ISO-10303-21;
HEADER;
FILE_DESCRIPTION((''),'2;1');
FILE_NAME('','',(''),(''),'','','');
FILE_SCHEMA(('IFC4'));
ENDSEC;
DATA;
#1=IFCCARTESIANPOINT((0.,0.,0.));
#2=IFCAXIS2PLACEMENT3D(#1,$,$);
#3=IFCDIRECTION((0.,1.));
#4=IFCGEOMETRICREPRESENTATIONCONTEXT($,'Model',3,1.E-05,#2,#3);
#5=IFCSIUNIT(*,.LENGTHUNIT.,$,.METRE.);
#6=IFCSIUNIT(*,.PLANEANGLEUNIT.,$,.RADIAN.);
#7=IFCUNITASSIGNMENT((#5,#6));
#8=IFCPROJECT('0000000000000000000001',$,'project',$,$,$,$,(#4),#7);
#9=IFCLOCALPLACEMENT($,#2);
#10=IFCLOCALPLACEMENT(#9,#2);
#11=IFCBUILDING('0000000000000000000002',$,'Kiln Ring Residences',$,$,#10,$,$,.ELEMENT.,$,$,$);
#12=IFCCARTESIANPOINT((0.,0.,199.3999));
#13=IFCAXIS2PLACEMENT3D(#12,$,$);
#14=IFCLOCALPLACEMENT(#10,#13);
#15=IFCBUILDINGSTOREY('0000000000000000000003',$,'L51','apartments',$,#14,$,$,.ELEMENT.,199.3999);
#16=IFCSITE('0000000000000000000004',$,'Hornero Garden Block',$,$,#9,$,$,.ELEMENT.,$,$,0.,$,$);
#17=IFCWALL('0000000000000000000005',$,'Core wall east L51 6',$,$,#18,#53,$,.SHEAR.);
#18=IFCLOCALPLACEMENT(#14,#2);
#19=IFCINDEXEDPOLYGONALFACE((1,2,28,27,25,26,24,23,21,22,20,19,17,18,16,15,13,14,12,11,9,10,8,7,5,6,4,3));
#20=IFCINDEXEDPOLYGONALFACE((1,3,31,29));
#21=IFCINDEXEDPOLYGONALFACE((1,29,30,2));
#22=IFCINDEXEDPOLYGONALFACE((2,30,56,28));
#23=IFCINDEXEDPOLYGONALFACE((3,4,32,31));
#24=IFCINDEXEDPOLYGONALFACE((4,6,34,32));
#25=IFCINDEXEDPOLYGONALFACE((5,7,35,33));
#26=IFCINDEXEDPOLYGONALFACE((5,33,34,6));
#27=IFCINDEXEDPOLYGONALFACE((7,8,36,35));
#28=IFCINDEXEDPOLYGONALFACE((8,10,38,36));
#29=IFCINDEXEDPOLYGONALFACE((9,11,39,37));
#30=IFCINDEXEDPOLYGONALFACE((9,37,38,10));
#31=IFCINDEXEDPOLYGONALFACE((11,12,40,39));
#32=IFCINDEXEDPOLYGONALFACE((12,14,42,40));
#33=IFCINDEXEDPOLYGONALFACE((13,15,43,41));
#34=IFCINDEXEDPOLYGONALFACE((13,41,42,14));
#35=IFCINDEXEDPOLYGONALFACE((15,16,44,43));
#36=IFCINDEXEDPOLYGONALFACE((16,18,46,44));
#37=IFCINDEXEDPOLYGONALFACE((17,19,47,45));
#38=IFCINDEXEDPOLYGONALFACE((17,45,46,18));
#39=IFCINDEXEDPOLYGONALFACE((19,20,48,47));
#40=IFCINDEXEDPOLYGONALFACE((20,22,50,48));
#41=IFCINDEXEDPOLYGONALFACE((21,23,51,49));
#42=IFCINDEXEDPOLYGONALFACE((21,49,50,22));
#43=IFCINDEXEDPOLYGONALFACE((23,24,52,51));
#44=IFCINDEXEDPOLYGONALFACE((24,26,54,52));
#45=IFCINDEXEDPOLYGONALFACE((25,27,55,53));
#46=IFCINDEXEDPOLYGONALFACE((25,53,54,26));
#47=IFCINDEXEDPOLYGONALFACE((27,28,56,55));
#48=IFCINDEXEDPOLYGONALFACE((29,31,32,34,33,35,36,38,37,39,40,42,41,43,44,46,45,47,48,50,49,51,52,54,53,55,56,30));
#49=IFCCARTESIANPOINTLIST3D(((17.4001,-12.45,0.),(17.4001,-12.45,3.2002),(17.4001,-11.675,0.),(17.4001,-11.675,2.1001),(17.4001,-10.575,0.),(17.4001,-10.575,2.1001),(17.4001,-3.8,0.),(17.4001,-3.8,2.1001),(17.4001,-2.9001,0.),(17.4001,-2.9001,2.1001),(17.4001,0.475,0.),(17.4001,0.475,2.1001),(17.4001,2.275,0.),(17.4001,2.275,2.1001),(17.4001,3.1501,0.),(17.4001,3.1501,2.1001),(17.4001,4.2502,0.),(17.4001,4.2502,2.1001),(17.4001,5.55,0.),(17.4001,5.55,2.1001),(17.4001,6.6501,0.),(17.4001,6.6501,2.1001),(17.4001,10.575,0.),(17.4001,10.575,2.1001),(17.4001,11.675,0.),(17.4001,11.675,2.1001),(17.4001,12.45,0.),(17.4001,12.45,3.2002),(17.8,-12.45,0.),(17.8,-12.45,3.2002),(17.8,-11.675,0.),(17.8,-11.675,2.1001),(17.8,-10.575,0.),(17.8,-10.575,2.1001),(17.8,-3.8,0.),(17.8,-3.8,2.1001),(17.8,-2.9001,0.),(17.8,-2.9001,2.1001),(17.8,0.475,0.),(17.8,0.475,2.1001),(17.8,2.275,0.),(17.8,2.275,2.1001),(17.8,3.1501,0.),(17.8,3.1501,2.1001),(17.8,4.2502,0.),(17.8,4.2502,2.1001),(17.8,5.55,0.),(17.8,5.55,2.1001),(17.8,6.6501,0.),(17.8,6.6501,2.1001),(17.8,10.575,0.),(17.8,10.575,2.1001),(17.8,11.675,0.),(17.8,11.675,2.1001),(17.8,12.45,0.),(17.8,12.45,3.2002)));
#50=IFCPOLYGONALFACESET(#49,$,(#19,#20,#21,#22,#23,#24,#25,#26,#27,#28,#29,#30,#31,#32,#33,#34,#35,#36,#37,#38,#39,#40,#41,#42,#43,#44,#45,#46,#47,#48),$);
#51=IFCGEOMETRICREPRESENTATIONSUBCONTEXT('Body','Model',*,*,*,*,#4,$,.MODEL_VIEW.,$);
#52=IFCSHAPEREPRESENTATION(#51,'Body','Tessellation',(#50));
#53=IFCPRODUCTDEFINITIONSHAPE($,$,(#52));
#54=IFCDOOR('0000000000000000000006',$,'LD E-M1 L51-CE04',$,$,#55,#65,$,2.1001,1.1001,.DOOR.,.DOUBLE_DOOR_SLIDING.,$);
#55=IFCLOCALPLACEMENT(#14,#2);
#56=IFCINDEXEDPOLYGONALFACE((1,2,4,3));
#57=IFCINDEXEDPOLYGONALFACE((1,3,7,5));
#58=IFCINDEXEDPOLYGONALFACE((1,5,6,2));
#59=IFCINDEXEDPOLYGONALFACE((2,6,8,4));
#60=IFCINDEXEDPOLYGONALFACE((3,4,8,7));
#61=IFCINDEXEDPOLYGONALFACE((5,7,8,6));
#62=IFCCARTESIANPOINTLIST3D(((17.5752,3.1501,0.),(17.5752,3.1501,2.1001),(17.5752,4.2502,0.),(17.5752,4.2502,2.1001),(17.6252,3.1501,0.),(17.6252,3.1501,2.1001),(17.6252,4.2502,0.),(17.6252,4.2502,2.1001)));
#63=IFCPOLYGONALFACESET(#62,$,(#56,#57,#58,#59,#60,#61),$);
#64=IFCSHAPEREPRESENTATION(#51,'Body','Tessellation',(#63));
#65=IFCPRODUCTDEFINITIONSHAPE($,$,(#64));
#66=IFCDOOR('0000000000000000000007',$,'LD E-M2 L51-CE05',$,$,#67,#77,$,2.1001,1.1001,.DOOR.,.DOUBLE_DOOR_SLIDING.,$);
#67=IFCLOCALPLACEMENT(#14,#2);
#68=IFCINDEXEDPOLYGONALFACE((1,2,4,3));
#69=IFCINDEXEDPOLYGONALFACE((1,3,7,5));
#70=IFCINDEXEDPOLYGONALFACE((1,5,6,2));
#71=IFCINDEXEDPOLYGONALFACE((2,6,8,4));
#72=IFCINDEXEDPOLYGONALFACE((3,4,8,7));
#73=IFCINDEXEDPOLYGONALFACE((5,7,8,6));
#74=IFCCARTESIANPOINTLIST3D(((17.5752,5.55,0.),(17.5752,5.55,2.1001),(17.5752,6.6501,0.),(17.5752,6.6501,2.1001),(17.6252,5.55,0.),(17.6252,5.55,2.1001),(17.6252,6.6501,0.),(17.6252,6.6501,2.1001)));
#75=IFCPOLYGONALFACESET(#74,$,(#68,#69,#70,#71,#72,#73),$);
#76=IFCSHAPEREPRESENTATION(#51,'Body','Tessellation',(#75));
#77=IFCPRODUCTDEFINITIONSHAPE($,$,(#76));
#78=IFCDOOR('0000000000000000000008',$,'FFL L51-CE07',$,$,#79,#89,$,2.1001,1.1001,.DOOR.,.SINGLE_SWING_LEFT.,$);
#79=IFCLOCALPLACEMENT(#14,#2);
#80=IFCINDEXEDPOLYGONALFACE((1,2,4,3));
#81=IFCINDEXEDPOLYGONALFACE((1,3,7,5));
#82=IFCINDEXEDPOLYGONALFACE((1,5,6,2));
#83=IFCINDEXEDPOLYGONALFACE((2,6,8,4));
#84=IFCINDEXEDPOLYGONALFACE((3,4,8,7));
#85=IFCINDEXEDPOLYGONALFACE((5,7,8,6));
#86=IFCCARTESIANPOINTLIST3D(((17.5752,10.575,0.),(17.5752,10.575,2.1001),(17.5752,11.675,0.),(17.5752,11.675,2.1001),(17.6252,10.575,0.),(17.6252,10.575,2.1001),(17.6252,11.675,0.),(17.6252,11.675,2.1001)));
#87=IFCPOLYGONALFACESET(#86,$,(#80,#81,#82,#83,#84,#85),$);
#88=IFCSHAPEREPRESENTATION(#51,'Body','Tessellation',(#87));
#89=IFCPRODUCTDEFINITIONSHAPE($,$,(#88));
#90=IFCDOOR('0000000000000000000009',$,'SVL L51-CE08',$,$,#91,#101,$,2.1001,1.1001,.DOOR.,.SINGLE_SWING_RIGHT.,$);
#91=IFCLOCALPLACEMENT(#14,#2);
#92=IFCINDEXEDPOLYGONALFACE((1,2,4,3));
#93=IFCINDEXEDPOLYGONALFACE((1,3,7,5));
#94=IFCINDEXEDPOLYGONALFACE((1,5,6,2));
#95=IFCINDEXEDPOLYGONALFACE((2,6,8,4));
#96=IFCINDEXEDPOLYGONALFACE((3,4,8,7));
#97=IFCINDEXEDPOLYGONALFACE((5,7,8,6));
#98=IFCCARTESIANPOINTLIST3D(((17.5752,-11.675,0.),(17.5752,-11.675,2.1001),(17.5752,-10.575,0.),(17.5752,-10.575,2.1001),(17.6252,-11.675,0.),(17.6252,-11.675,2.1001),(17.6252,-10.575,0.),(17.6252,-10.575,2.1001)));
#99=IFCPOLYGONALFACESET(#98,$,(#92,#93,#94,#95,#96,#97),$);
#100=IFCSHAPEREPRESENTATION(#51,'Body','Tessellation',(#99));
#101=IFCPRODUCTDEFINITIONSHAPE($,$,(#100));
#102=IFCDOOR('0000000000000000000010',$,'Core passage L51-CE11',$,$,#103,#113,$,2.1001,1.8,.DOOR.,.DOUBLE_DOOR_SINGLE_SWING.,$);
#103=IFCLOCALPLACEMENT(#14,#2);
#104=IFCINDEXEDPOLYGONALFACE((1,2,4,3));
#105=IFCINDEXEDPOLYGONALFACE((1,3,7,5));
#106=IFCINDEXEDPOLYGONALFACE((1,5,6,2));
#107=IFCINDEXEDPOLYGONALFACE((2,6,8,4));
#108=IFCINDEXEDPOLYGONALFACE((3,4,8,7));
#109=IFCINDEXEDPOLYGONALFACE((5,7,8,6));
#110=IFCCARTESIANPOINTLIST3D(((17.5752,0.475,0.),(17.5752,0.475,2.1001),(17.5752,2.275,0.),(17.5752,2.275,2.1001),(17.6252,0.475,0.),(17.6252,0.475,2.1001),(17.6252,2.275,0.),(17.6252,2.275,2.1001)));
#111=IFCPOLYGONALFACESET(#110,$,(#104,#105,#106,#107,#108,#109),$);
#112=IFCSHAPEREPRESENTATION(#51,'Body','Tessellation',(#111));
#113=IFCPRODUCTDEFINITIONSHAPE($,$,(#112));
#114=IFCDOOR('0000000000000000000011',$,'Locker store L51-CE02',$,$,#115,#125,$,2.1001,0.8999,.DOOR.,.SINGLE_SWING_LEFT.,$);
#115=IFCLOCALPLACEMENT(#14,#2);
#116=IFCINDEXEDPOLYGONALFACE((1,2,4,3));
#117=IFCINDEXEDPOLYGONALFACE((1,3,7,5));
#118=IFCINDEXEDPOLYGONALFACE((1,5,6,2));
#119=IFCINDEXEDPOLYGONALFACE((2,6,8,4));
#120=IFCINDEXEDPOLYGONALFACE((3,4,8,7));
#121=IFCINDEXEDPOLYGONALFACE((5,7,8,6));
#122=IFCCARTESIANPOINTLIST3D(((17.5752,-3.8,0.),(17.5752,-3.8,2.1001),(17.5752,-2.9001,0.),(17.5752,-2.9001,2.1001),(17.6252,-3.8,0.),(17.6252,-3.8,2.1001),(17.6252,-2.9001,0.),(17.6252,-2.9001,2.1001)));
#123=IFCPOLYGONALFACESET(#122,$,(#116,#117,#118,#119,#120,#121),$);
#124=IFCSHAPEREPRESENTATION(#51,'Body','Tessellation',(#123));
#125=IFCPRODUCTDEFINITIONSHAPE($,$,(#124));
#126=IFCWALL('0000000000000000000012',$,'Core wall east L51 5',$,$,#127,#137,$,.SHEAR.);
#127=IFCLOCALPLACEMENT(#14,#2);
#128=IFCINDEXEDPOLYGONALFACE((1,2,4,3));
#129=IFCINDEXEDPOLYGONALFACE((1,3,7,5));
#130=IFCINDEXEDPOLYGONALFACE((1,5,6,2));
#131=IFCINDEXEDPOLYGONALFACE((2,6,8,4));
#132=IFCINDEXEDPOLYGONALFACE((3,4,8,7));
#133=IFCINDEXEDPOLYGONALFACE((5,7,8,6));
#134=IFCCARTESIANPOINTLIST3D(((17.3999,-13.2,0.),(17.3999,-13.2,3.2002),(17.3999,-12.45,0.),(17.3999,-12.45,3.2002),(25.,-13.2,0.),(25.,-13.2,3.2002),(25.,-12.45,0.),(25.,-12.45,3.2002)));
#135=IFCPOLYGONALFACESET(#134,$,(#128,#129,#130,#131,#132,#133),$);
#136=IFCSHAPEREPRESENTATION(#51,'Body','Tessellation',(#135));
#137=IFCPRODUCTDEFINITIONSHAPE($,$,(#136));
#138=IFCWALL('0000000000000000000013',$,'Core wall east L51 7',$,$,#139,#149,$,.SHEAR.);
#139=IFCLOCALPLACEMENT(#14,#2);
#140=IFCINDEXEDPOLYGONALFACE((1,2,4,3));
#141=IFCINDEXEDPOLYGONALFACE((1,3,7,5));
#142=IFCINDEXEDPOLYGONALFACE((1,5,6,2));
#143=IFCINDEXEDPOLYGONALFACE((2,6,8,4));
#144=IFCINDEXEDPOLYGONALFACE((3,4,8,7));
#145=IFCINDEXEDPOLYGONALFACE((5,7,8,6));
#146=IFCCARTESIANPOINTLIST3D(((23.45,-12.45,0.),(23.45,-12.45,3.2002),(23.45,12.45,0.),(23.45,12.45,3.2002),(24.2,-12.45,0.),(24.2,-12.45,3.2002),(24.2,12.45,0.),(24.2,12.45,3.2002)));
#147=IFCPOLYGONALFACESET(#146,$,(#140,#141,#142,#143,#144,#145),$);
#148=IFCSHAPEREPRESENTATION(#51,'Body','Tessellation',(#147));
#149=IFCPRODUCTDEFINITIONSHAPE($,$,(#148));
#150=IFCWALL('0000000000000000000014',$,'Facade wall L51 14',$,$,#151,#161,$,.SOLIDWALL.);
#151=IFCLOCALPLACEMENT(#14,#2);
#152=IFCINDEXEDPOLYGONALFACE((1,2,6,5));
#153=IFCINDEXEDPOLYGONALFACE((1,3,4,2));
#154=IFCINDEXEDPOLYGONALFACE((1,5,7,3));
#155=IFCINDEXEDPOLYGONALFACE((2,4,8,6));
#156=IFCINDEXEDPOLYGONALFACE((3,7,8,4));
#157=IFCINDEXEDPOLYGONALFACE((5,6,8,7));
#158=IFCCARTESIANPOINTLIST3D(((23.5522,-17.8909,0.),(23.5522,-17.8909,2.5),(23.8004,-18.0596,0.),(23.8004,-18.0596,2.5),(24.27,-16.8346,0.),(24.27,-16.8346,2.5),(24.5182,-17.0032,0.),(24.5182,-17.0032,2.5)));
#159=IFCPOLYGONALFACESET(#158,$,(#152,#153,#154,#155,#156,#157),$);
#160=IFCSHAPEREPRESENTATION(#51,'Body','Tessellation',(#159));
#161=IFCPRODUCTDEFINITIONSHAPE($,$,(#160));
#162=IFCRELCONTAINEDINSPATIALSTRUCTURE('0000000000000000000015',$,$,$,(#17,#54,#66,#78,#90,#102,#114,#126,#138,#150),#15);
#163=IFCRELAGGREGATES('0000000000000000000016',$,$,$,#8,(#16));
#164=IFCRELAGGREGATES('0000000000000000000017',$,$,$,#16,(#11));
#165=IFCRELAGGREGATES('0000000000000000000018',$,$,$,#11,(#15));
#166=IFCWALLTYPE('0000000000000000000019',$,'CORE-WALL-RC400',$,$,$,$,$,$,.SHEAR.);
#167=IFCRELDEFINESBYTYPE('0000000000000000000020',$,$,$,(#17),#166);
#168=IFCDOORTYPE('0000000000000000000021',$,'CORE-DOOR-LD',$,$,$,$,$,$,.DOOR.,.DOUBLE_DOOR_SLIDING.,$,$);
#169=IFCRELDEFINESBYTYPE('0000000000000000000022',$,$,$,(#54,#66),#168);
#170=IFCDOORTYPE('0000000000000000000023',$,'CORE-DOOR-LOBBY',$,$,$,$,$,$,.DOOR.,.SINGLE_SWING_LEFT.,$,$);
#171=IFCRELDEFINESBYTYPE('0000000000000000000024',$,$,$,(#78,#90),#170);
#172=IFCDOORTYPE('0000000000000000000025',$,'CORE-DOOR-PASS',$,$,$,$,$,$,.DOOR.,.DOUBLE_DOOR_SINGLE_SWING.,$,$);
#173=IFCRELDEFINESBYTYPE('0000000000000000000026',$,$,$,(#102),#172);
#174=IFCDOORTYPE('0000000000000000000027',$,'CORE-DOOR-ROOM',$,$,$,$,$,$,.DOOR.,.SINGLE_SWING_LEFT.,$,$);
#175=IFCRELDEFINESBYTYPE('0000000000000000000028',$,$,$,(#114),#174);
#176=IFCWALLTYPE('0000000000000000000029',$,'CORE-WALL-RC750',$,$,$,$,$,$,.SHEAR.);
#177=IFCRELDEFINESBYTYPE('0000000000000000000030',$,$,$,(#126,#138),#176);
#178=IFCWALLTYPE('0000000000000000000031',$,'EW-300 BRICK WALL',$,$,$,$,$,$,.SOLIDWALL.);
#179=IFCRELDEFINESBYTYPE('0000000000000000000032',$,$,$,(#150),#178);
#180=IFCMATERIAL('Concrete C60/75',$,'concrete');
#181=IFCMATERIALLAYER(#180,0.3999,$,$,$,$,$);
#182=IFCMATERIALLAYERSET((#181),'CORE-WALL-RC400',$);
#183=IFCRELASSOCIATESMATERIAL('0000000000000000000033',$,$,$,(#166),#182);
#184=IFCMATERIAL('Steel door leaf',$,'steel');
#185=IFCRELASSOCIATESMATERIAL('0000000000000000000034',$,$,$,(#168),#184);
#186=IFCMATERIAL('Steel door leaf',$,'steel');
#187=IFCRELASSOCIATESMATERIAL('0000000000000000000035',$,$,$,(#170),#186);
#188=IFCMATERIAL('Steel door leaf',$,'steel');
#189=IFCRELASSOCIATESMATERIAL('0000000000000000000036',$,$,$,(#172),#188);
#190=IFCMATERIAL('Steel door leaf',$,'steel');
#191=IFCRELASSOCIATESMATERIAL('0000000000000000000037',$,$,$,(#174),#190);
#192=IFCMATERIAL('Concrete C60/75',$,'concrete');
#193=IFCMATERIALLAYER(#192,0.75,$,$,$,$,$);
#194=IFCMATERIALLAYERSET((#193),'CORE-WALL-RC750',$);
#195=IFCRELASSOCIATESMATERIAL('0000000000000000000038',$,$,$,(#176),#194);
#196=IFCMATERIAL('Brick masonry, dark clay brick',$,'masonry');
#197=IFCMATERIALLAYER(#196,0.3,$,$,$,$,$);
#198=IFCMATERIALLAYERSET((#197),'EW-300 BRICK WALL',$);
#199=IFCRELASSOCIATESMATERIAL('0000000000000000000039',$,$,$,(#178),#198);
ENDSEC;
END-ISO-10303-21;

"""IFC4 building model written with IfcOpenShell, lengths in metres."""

from ifc_helpers import new_model, si_unit, direction, frame, frame_2d, origin, place, context, subcontext, project, spatial, rectangle, extrude, material, layer, layer_set, type_object, element, fill, save


model = new_model("IFC4")

# Units and contexts
model_context = context("Model", 3, precision=1e-05, world=origin(), true_north=direction((0.0, 1.0)))
body_context = subcontext(model_context, "Body", "Model", "MODEL_VIEW")
ifc_project = project(units=[si_unit("LENGTHUNIT", "METRE"), si_unit("PLANEANGLEUNIT", "RADIAN")], contexts=[model_context])

# Site, building, storey
site_placement = place(None, origin())
site = spatial("IfcSite", under=ifc_project, at=site_placement, Name="Hornero Garden Block", CompositionType="ELEMENT", RefElevation=0.0)
building_placement = place(site_placement, origin())
building = spatial("IfcBuilding", under=site, at=building_placement, Name="Kiln Ring Residences", CompositionType="ELEMENT")
storey_placement = place(building_placement, frame((0.0, 0.0, 199.3999)))
storey = spatial("IfcBuildingStorey", under=building, at=storey_placement, Name="L51", Description="apartments", CompositionType="ELEMENT", Elevation=199.3999)

# Wall, openings, doors
ifc_material_1 = material(Name="Concrete C60/75", Category="concrete")
ifc_layer_1 = layer(ifc_material_1, 0.3999)
ifc_layer_set_1 = layer_set([ifc_layer_1], Name="CORE-WALL-RC400")
wall_type_1 = type_object("IfcWallType", Name="CORE-WALL-RC400", PredefinedType="SHEAR", material=ifc_layer_set_1)
wall_1_placement = place(storey_placement, frame((17.6001, -12.45, 0.0), z_axis=(0.0, 0.0, 1.0), x_axis=(0.0, 1.0, 0.0)))
wall_1 = element("IfcWall", 1, at=wall_1_placement, inside=storey, type_object=wall_type_1, Name="Core wall east L51 6", PredefinedType="SHEAR", context=body_context, shape_type="SweptSolid", body=[
    extrude(rectangle(XDim=24.8999, YDim=0.3999, at=frame_2d((12.45, 0.0))), origin(), (0.0, 0.0, 1.0), 3.2002),
])
opening_1_placement = place(wall_1_placement, frame((8.6499, 0.0, 0.0)))
opening_1 = element("IfcOpeningElement", 2, at=opening_1_placement, cuts=wall_1, PredefinedType="OPENING", context=body_context, shape_type="SweptSolid", body=[
    extrude(rectangle(XDim=0.8999, YDim=2.1001, at=frame_2d((0.45, 1.05))), frame((0.0, 0.21, 0.0), z_axis=(0.0, -1.0, 0.0), x_axis=(1.0, 0.0, 0.0)), (0.0, 0.0, 1.0), 0.4199),
])
opening_2_placement = place(wall_1_placement, frame((15.6001, 0.0, 0.0)))
opening_2 = element("IfcOpeningElement", 3, at=opening_2_placement, cuts=wall_1, PredefinedType="OPENING", context=body_context, shape_type="SweptSolid", body=[
    extrude(rectangle(XDim=1.1001, YDim=2.1001, at=frame_2d((0.55, 1.05))), frame((0.0, 0.21, 0.0), z_axis=(0.0, -1.0, 0.0), x_axis=(1.0, 0.0, 0.0)), (0.0, 0.0, 1.0), 0.4199),
])
opening_3_placement = place(wall_1_placement, frame((18.0, 0.0, 0.0)))
opening_3 = element("IfcOpeningElement", 4, at=opening_3_placement, cuts=wall_1, PredefinedType="OPENING", context=body_context, shape_type="SweptSolid", body=[
    extrude(rectangle(XDim=1.1001, YDim=2.1001, at=frame_2d((0.55, 1.05))), frame((0.0, 0.21, 0.0), z_axis=(0.0, -1.0, 0.0), x_axis=(1.0, 0.0, 0.0)), (0.0, 0.0, 1.0), 0.4199),
])
opening_4_placement = place(wall_1_placement, frame((23.0249, 0.0, 0.0)))
opening_4 = element("IfcOpeningElement", 5, at=opening_4_placement, cuts=wall_1, PredefinedType="OPENING", context=body_context, shape_type="SweptSolid", body=[
    extrude(rectangle(XDim=1.1001, YDim=2.1001, at=frame_2d((0.55, 1.05))), frame((0.0, 0.21, 0.0), z_axis=(0.0, -1.0, 0.0), x_axis=(1.0, 0.0, 0.0)), (0.0, 0.0, 1.0), 0.4199),
])
opening_5_placement = place(wall_1_placement, frame((0.7749, 0.0, 0.0)))
opening_5 = element("IfcOpeningElement", 6, at=opening_5_placement, cuts=wall_1, PredefinedType="OPENING", context=body_context, shape_type="SweptSolid", body=[
    extrude(rectangle(XDim=1.1001, YDim=2.1001, at=frame_2d((0.55, 1.05))), frame((0.0, 0.21, 0.0), z_axis=(0.0, -1.0, 0.0), x_axis=(1.0, 0.0, 0.0)), (0.0, 0.0, 1.0), 0.4199),
])
opening_6_placement = place(wall_1_placement, frame((12.925, 0.0, 0.0)))
opening_6 = element("IfcOpeningElement", 7, at=opening_6_placement, cuts=wall_1, PredefinedType="OPENING", context=body_context, shape_type="SweptSolid", body=[
    extrude(rectangle(XDim=1.8, YDim=2.1001, at=frame_2d((0.8999, 1.05))), frame((0.0, 0.21, 0.0), z_axis=(0.0, -1.0, 0.0), x_axis=(1.0, 0.0, 0.0)), (0.0, 0.0, 1.0), 0.4199),
])
ifc_material_2 = material(Name="Steel door leaf", Category="steel")
door_type_1 = type_object("IfcDoorType", Name="CORE-DOOR-LD", OperationType="DOUBLE_DOOR_SLIDING", PredefinedType="DOOR", material=ifc_material_2)
door_1_placement = place(opening_2_placement, origin())
door_1 = element("IfcDoor", 8, at=door_1_placement, inside=storey, type_object=door_type_1, Name="LD E-M1 L51-CE04", OperationType="DOUBLE_DOOR_SLIDING", OverallHeight=2.1001, OverallWidth=1.1001, PredefinedType="DOOR", context=body_context, shape_type="SweptSolid", body=[
    extrude(rectangle(XDim=1.1001, YDim=2.1001, at=frame_2d((0.55, 1.05))), frame((0.0, 0.0249, 0.0), z_axis=(0.0, -1.0, 0.0), x_axis=(1.0, 0.0, 0.0)), (0.0, 0.0, 1.0), 0.05),
])
fill(opening_2, door_1)
door_2_placement = place(opening_3_placement, origin())
door_2 = element("IfcDoor", 9, at=door_2_placement, inside=storey, type_object=door_type_1, Name="LD E-M2 L51-CE05", OperationType="DOUBLE_DOOR_SLIDING", OverallHeight=2.1001, OverallWidth=1.1001, PredefinedType="DOOR", context=body_context, shape_type="SweptSolid", body=[
    extrude(rectangle(XDim=1.1001, YDim=2.1001, at=frame_2d((0.55, 1.05))), frame((0.0, 0.0249, 0.0), z_axis=(0.0, -1.0, 0.0), x_axis=(1.0, 0.0, 0.0)), (0.0, 0.0, 1.0), 0.05),
])
fill(opening_3, door_2)
ifc_material_3 = material(Name="Steel door leaf", Category="steel")
door_type_2 = type_object("IfcDoorType", Name="CORE-DOOR-LOBBY", OperationType="SINGLE_SWING_LEFT", PredefinedType="DOOR", material=ifc_material_3)
door_3_placement = place(opening_4_placement, origin())
door_3 = element("IfcDoor", 10, at=door_3_placement, inside=storey, type_object=door_type_2, Name="FFL L51-CE07", OperationType="SINGLE_SWING_LEFT", OverallHeight=2.1001, OverallWidth=1.1001, PredefinedType="DOOR", context=body_context, shape_type="SweptSolid", body=[
    extrude(rectangle(XDim=1.1001, YDim=2.1001, at=frame_2d((0.55, 1.05))), frame((0.0, 0.0249, 0.0), z_axis=(0.0, -1.0, 0.0), x_axis=(1.0, 0.0, 0.0)), (0.0, 0.0, 1.0), 0.05),
])
fill(opening_4, door_3)
door_4_placement = place(opening_5_placement, origin())
door_4 = element("IfcDoor", 11, at=door_4_placement, inside=storey, type_object=door_type_2, Name="SVL L51-CE08", OperationType="SINGLE_SWING_RIGHT", OverallHeight=2.1001, OverallWidth=1.1001, PredefinedType="DOOR", context=body_context, shape_type="SweptSolid", body=[
    extrude(rectangle(XDim=1.1001, YDim=2.1001, at=frame_2d((0.55, 1.05))), frame((0.0, 0.0249, 0.0), z_axis=(0.0, -1.0, 0.0), x_axis=(1.0, 0.0, 0.0)), (0.0, 0.0, 1.0), 0.05),
])
fill(opening_5, door_4)
ifc_material_4 = material(Name="Steel door leaf", Category="steel")
door_type_3 = type_object("IfcDoorType", Name="CORE-DOOR-PASS", OperationType="DOUBLE_DOOR_SINGLE_SWING", PredefinedType="DOOR", material=ifc_material_4)
door_5_placement = place(opening_6_placement, origin())
door_5 = element("IfcDoor", 12, at=door_5_placement, inside=storey, type_object=door_type_3, Name="Core passage L51-CE11", OperationType="DOUBLE_DOOR_SINGLE_SWING", OverallHeight=2.1001, OverallWidth=1.8, PredefinedType="DOOR", context=body_context, shape_type="SweptSolid", body=[
    extrude(rectangle(XDim=1.8, YDim=2.1001, at=frame_2d((0.8999, 1.05))), frame((0.0, 0.0249, 0.0), z_axis=(0.0, -1.0, 0.0), x_axis=(1.0, 0.0, 0.0)), (0.0, 0.0, 1.0), 0.05),
])
fill(opening_6, door_5)
ifc_material_5 = material(Name="Steel door leaf", Category="steel")
door_type_4 = type_object("IfcDoorType", Name="CORE-DOOR-ROOM", OperationType="SINGLE_SWING_LEFT", PredefinedType="DOOR", material=ifc_material_5)
door_6_placement = place(opening_1_placement, origin())
door_6 = element("IfcDoor", 13, at=door_6_placement, inside=storey, type_object=door_type_4, Name="Locker store L51-CE02", OperationType="SINGLE_SWING_LEFT", OverallHeight=2.1001, OverallWidth=0.8999, PredefinedType="DOOR", context=body_context, shape_type="SweptSolid", body=[
    extrude(rectangle(XDim=0.8999, YDim=2.1001, at=frame_2d((0.45, 1.05))), frame((0.0, 0.0249, 0.0), z_axis=(0.0, -1.0, 0.0), x_axis=(1.0, 0.0, 0.0)), (0.0, 0.0, 1.0), 0.05),
])
fill(opening_1, door_6)

# Walls
ifc_material_6 = material(Name="Concrete C60/75", Category="concrete")
ifc_layer_2 = layer(ifc_material_6, 0.75)
ifc_layer_set_2 = layer_set([ifc_layer_2], Name="CORE-WALL-RC750")
wall_type_2 = type_object("IfcWallType", Name="CORE-WALL-RC750", PredefinedType="SHEAR", material=ifc_layer_set_2)
wall_2_placement = place(storey_placement, frame((17.3999, -12.825, 0.0), z_axis=(0.0, 0.0, 1.0), x_axis=(1.0, 0.0, 0.0)))
element("IfcWall", 14, at=wall_2_placement, inside=storey, type_object=wall_type_2, Name="Core wall east L51 5", PredefinedType="SHEAR", context=body_context, shape_type="SweptSolid", body=[
    extrude(rectangle(XDim=7.6001, YDim=0.75, at=frame_2d((3.8, 0.0))), origin(), (0.0, 0.0, 1.0), 3.2002),
])
wall_3_placement = place(storey_placement, frame((23.825, -12.45, 0.0), z_axis=(0.0, 0.0, 1.0), x_axis=(0.0, 1.0, 0.0)))
element("IfcWall", 15, at=wall_3_placement, inside=storey, type_object=wall_type_2, Name="Core wall east L51 7", PredefinedType="SHEAR", context=body_context, shape_type="SweptSolid", body=[
    extrude(rectangle(XDim=24.8999, YDim=0.75, at=frame_2d((12.45, 0.0))), origin(), (0.0, 0.0, 1.0), 3.2002),
])
ifc_material_7 = material(Name="Brick masonry, dark clay brick", Category="masonry")
ifc_layer_3 = layer(ifc_material_7, 0.3)
ifc_layer_set_3 = layer_set([ifc_layer_3], Name="EW-300 BRICK WALL")
wall_type_3 = type_object("IfcWallType", Name="EW-300 BRICK WALL", PredefinedType="SOLIDWALL", material=ifc_layer_set_3)
wall_4_placement = place(storey_placement, frame((23.6763, -17.9753, 0.0), z_axis=(0.0, 0.0, 1.0), x_axis=(0.562001, 0.827136, 0.0)))
element("IfcWall", 16, at=wall_4_placement, inside=storey, type_object=wall_type_3, Name="Facade wall L51 14", PredefinedType="SOLIDWALL", context=body_context, shape_type="SweptSolid", body=[
    extrude(rectangle(XDim=1.2771, YDim=0.3, at=frame_2d((0.6387, 0.0))), origin(), (0.0, 0.0, 1.0), 2.5),
])

save(model, "model.ifc")
